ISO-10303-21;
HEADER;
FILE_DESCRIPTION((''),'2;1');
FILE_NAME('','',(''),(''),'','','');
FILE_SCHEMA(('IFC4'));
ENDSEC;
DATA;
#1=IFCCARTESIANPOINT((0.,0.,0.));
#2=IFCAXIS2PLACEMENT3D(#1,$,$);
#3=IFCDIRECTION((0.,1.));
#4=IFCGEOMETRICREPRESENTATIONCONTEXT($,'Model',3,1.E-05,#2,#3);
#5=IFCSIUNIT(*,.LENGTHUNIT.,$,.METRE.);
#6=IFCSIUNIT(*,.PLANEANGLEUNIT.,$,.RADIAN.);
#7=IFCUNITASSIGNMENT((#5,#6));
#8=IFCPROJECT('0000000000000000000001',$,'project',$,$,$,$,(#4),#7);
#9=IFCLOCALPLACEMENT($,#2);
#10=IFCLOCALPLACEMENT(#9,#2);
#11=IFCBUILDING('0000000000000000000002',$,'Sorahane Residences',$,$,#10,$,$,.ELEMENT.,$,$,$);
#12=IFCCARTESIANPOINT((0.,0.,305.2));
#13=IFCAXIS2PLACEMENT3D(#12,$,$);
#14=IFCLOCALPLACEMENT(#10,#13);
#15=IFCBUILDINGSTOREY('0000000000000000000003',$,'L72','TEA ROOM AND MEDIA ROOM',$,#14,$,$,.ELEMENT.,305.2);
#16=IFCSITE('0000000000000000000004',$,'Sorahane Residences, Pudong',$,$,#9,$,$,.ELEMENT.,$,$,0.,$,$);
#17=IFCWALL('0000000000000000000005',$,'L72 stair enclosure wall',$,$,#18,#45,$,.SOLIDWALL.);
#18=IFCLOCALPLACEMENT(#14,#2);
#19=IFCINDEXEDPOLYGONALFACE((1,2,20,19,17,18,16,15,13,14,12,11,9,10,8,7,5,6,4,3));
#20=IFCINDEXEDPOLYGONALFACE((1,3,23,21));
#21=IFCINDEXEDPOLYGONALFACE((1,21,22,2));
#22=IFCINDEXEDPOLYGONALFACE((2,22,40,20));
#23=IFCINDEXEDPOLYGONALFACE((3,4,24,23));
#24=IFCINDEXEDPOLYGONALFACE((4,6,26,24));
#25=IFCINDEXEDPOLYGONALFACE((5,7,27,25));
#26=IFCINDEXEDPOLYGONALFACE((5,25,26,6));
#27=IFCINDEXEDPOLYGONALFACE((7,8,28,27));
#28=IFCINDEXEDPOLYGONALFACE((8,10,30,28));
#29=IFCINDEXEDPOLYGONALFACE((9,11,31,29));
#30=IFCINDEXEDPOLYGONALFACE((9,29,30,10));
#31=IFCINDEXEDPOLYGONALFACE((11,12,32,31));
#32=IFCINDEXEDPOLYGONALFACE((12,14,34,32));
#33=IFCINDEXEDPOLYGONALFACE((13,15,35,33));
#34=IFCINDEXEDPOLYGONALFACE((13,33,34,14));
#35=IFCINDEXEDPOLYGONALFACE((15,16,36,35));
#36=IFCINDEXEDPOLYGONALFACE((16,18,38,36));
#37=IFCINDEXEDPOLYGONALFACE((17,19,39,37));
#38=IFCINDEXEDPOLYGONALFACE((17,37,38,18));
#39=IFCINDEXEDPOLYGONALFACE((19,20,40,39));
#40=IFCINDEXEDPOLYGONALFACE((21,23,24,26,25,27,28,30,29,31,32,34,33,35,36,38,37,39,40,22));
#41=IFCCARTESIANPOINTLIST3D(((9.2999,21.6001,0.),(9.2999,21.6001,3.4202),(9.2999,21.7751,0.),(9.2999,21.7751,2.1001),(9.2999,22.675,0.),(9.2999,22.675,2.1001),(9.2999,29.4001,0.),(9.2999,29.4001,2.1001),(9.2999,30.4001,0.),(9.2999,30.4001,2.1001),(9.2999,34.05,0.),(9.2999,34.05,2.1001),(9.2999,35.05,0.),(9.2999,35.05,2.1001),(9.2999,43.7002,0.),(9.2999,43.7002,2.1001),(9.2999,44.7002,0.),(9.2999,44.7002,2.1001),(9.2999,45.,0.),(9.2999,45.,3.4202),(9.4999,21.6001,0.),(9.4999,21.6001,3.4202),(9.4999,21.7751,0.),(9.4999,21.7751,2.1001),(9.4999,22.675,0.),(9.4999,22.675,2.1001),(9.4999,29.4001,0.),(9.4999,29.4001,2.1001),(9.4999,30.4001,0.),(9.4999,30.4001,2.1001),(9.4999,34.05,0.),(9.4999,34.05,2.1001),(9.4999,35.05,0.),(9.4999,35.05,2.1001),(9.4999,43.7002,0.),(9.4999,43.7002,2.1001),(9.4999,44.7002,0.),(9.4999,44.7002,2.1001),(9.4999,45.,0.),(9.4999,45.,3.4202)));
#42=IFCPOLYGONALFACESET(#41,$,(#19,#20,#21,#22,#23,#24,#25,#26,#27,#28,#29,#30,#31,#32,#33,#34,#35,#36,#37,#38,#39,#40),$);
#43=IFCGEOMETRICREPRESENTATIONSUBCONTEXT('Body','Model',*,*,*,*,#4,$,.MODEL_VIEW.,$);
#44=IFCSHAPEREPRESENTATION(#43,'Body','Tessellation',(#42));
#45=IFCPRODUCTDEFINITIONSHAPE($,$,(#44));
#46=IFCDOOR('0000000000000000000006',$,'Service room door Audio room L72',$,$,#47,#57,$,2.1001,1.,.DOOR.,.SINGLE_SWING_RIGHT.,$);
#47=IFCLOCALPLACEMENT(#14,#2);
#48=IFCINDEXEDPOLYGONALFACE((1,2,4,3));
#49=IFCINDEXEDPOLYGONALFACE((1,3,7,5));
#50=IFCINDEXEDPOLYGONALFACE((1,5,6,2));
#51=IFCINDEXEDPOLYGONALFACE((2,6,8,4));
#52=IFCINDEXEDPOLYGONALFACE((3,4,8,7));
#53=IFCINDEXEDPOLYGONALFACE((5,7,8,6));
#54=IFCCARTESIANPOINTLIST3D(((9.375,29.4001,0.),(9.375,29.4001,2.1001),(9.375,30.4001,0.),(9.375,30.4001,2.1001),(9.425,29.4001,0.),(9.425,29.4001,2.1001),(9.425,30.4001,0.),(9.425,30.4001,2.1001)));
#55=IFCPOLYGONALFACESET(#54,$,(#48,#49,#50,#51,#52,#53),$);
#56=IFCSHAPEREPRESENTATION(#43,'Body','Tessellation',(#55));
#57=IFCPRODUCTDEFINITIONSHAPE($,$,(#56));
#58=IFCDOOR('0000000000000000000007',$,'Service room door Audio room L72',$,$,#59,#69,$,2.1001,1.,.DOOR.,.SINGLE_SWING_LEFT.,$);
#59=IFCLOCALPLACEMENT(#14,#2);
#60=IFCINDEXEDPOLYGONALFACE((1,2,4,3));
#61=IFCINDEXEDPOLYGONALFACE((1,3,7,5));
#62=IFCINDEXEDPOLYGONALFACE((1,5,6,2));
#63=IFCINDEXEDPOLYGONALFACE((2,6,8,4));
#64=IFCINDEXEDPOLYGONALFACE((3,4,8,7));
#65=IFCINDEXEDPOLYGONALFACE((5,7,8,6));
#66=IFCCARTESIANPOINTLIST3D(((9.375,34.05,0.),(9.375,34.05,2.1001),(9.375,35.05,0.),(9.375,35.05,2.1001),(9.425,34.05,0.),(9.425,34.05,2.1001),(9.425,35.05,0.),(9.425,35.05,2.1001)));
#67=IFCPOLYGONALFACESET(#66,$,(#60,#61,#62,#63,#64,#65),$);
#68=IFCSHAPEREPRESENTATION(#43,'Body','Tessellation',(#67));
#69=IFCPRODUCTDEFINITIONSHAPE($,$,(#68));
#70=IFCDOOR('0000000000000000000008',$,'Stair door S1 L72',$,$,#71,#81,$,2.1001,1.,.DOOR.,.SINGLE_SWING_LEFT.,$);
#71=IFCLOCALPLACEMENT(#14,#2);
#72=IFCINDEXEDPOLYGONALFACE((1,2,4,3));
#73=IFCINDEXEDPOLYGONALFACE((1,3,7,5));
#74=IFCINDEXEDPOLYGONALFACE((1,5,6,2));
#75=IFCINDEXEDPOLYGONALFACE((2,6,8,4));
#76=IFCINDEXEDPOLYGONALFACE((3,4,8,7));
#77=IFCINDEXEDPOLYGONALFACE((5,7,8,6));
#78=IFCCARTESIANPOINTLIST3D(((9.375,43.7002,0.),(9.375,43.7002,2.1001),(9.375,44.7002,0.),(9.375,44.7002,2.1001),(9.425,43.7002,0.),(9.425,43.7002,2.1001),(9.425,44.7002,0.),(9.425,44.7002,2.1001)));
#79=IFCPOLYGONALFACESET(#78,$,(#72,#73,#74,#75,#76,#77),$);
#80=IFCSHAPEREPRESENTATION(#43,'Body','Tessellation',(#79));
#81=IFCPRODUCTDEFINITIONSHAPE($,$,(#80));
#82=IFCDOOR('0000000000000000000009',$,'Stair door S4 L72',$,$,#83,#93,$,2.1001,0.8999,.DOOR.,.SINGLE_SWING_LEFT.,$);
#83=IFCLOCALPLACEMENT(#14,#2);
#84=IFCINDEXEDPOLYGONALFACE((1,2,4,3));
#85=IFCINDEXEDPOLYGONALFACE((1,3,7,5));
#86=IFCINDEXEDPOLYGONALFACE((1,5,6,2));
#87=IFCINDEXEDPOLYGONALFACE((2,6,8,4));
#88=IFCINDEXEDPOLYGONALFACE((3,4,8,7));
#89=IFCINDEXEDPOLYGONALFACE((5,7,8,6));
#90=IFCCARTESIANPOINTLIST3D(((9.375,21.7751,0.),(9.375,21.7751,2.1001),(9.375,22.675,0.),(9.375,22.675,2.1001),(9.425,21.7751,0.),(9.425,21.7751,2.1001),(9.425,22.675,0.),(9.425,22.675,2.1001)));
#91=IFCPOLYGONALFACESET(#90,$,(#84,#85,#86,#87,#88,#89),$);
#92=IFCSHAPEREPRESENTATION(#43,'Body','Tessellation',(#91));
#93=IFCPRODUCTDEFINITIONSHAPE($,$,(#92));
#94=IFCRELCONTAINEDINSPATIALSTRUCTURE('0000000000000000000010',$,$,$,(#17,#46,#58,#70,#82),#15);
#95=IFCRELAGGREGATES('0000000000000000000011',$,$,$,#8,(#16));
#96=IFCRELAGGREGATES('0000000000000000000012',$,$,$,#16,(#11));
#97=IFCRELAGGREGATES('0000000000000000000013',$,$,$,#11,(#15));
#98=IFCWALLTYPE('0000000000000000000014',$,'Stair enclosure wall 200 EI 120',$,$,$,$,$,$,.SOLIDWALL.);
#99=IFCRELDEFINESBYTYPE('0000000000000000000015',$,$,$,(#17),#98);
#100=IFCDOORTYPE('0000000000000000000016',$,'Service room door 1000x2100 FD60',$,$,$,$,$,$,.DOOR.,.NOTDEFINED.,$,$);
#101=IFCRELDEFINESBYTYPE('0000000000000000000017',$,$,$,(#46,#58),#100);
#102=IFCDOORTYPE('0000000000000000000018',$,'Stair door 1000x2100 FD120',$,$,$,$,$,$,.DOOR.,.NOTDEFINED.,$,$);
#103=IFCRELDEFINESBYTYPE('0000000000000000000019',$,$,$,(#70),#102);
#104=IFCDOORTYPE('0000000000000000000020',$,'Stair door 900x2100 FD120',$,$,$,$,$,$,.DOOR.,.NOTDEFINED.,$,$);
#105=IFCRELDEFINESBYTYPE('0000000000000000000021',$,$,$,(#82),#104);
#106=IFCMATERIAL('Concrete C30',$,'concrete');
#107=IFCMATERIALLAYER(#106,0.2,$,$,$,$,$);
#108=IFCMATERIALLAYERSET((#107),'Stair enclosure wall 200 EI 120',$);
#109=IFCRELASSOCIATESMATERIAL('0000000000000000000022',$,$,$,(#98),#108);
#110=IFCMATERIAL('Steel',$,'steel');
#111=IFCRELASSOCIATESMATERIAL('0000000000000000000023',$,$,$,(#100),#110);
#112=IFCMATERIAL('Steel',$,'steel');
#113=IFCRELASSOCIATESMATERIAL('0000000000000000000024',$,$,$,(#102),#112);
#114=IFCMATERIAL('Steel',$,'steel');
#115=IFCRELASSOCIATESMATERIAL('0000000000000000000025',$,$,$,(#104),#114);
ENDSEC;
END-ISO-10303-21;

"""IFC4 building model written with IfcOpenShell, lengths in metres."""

from ifc_helpers import new_model, si_unit, direction, frame, frame_2d, origin, place, context, subcontext, project, spatial, rectangle, extrude, material, layer, layer_set, type_object, element, fill, save


model = new_model("IFC4")

# Units and contexts
model_context = context("Model", 3, precision=1e-05, world=origin(), true_north=direction((0.0, 1.0)))
body_context = subcontext(model_context, "Body", "Model", "MODEL_VIEW")
ifc_project = project(units=[si_unit("LENGTHUNIT", "METRE"), si_unit("PLANEANGLEUNIT", "RADIAN")], contexts=[model_context])

# Site, building, storey
site_placement = place(None, origin())
site = spatial("IfcSite", under=ifc_project, at=site_placement, Name="Sorahane Residences, Pudong", CompositionType="ELEMENT", RefElevation=0.0)
building_placement = place(site_placement, origin())
building = spatial("IfcBuilding", under=site, at=building_placement, Name="Sorahane Residences", CompositionType="ELEMENT")
storey_placement = place(building_placement, frame((0.0, 0.0, 305.2)))
storey = spatial("IfcBuildingStorey", under=building, at=storey_placement, Name="L72", Description="TEA ROOM AND MEDIA ROOM", CompositionType="ELEMENT", Elevation=305.2)

# Wall, openings, doors
ifc_material_1 = material(Name="Concrete C30", Category="concrete")
ifc_layer_1 = layer(ifc_material_1, 0.2)
ifc_layer_set_1 = layer_set([ifc_layer_1], Name="Stair enclosure wall 200 EI 120")
wall_type_1 = type_object("IfcWallType", Name="Stair enclosure wall 200 EI 120", PredefinedType="SOLIDWALL", material=ifc_layer_set_1)
wall_1_placement = place(storey_placement, frame((9.3999, 21.6001, 0.0), z_axis=(0.0, 0.0, 1.0), x_axis=(0.0, 1.0, 0.0)))
wall_1 = element("IfcWall", 1, at=wall_1_placement, inside=storey, type_object=wall_type_1, Name="L72 stair enclosure wall", PredefinedType="SOLIDWALL", context=body_context, shape_type="SweptSolid", body=[
    extrude(rectangle(XDim=23.3999, YDim=0.2, at=frame_2d((11.7, 0.0))), origin(), (0.0, 0.0, 1.0), 3.4202),
])
opening_1_placement = place(wall_1_placement, frame((7.8, 0.0, 0.0)))
opening_1 = element("IfcOpeningElement", 2, at=opening_1_placement, cuts=wall_1, PredefinedType="OPENING", context=body_context, shape_type="SweptSolid", body=[
    extrude(rectangle(XDim=1.0, YDim=2.1001, at=frame_2d((0.5, 1.05))), frame((0.0, 0.1099, 0.0), z_axis=(0.0, -1.0, 0.0), x_axis=(1.0, 0.0, 0.0)), (0.0, 0.0, 1.0), 0.22),
])
opening_2_placement = place(wall_1_placement, frame((12.45, 0.0, 0.0)))
opening_2 = element("IfcOpeningElement", 3, at=opening_2_placement, cuts=wall_1, PredefinedType="OPENING", context=body_context, shape_type="SweptSolid", body=[
    extrude(rectangle(XDim=1.0, YDim=2.1001, at=frame_2d((0.5, 1.05))), frame((0.0, 0.1099, 0.0), z_axis=(0.0, -1.0, 0.0), x_axis=(1.0, 0.0, 0.0)), (0.0, 0.0, 1.0), 0.22),
])
opening_3_placement = place(wall_1_placement, frame((22.1001, 0.0, 0.0)))
opening_3 = element("IfcOpeningElement", 4, at=opening_3_placement, cuts=wall_1, PredefinedType="OPENING", context=body_context, shape_type="SweptSolid", body=[
    extrude(rectangle(XDim=1.0, YDim=2.1001, at=frame_2d((0.5, 1.05))), frame((0.0, 0.1099, 0.0), z_axis=(0.0, -1.0, 0.0), x_axis=(1.0, 0.0, 0.0)), (0.0, 0.0, 1.0), 0.22),
])
opening_4_placement = place(wall_1_placement, frame((0.175, 0.0, 0.0)))
opening_4 = element("IfcOpeningElement", 5, at=opening_4_placement, cuts=wall_1, PredefinedType="OPENING", context=body_context, shape_type="SweptSolid", body=[
    extrude(rectangle(XDim=0.8999, YDim=2.1001, at=frame_2d((0.45, 1.05))), frame((0.0, 0.1099, 0.0), z_axis=(0.0, -1.0, 0.0), x_axis=(1.0, 0.0, 0.0)), (0.0, 0.0, 1.0), 0.22),
])
ifc_material_2 = material(Name="Steel", Category="steel")
door_type_1 = type_object("IfcDoorType", Name="Service room door 1000x2100 FD60", OperationType="NOTDEFINED", PredefinedType="DOOR", material=ifc_material_2)
door_1_placement = place(opening_1_placement, origin())
door_1 = element("IfcDoor", 6, at=door_1_placement, inside=storey, type_object=door_type_1, Name="Service room door Audio room L72", OperationType="SINGLE_SWING_RIGHT", OverallHeight=2.1001, OverallWidth=1.0, PredefinedType="DOOR", context=body_context, shape_type="SweptSolid", body=[
    extrude(rectangle(XDim=1.0, YDim=2.1001, at=frame_2d((0.5, 1.05))), frame((0.0, 0.0249, 0.0), z_axis=(0.0, -1.0, 0.0), x_axis=(1.0, 0.0, 0.0)), (0.0, 0.0, 1.0), 0.05),
])
fill(opening_1, door_1)
door_2_placement = place(opening_2_placement, origin())
door_2 = element("IfcDoor", 7, at=door_2_placement, inside=storey, type_object=door_type_1, Name="Service room door Audio room L72", OperationType="SINGLE_SWING_LEFT", OverallHeight=2.1001, OverallWidth=1.0, PredefinedType="DOOR", context=body_context, shape_type="SweptSolid", body=[
    extrude(rectangle(XDim=1.0, YDim=2.1001, at=frame_2d((0.5, 1.05))), frame((0.0, 0.0249, 0.0), z_axis=(0.0, -1.0, 0.0), x_axis=(1.0, 0.0, 0.0)), (0.0, 0.0, 1.0), 0.05),
])
fill(opening_2, door_2)
ifc_material_3 = material(Name="Steel", Category="steel")
door_type_2 = type_object("IfcDoorType", Name="Stair door 1000x2100 FD120", OperationType="NOTDEFINED", PredefinedType="DOOR", material=ifc_material_3)
door_3_placement = place(opening_3_placement, origin())
door_3 = element("IfcDoor", 8, at=door_3_placement, inside=storey, type_object=door_type_2, Name="Stair door S1 L72", OperationType="SINGLE_SWING_LEFT", OverallHeight=2.1001, OverallWidth=1.0, PredefinedType="DOOR", context=body_context, shape_type="SweptSolid", body=[
    extrude(rectangle(XDim=1.0, YDim=2.1001, at=frame_2d((0.5, 1.05))), frame((0.0, 0.0249, 0.0), z_axis=(0.0, -1.0, 0.0), x_axis=(1.0, 0.0, 0.0)), (0.0, 0.0, 1.0), 0.05),
])
fill(opening_3, door_3)
ifc_material_4 = material(Name="Steel", Category="steel")
door_type_3 = type_object("IfcDoorType", Name="Stair door 900x2100 FD120", OperationType="NOTDEFINED", PredefinedType="DOOR", material=ifc_material_4)
door_4_placement = place(opening_4_placement, origin())
door_4 = element("IfcDoor", 9, at=door_4_placement, inside=storey, type_object=door_type_3, Name="Stair door S4 L72", OperationType="SINGLE_SWING_LEFT", OverallHeight=2.1001, OverallWidth=0.8999, PredefinedType="DOOR", context=body_context, shape_type="SweptSolid", body=[
    extrude(rectangle(XDim=0.8999, YDim=2.1001, at=frame_2d((0.45, 1.05))), frame((0.0, 0.0249, 0.0), z_axis=(0.0, -1.0, 0.0), x_axis=(1.0, 0.0, 0.0)), (0.0, 0.0, 1.0), 0.05),
])
fill(opening_4, door_4)

save(model, "model.ifc")
